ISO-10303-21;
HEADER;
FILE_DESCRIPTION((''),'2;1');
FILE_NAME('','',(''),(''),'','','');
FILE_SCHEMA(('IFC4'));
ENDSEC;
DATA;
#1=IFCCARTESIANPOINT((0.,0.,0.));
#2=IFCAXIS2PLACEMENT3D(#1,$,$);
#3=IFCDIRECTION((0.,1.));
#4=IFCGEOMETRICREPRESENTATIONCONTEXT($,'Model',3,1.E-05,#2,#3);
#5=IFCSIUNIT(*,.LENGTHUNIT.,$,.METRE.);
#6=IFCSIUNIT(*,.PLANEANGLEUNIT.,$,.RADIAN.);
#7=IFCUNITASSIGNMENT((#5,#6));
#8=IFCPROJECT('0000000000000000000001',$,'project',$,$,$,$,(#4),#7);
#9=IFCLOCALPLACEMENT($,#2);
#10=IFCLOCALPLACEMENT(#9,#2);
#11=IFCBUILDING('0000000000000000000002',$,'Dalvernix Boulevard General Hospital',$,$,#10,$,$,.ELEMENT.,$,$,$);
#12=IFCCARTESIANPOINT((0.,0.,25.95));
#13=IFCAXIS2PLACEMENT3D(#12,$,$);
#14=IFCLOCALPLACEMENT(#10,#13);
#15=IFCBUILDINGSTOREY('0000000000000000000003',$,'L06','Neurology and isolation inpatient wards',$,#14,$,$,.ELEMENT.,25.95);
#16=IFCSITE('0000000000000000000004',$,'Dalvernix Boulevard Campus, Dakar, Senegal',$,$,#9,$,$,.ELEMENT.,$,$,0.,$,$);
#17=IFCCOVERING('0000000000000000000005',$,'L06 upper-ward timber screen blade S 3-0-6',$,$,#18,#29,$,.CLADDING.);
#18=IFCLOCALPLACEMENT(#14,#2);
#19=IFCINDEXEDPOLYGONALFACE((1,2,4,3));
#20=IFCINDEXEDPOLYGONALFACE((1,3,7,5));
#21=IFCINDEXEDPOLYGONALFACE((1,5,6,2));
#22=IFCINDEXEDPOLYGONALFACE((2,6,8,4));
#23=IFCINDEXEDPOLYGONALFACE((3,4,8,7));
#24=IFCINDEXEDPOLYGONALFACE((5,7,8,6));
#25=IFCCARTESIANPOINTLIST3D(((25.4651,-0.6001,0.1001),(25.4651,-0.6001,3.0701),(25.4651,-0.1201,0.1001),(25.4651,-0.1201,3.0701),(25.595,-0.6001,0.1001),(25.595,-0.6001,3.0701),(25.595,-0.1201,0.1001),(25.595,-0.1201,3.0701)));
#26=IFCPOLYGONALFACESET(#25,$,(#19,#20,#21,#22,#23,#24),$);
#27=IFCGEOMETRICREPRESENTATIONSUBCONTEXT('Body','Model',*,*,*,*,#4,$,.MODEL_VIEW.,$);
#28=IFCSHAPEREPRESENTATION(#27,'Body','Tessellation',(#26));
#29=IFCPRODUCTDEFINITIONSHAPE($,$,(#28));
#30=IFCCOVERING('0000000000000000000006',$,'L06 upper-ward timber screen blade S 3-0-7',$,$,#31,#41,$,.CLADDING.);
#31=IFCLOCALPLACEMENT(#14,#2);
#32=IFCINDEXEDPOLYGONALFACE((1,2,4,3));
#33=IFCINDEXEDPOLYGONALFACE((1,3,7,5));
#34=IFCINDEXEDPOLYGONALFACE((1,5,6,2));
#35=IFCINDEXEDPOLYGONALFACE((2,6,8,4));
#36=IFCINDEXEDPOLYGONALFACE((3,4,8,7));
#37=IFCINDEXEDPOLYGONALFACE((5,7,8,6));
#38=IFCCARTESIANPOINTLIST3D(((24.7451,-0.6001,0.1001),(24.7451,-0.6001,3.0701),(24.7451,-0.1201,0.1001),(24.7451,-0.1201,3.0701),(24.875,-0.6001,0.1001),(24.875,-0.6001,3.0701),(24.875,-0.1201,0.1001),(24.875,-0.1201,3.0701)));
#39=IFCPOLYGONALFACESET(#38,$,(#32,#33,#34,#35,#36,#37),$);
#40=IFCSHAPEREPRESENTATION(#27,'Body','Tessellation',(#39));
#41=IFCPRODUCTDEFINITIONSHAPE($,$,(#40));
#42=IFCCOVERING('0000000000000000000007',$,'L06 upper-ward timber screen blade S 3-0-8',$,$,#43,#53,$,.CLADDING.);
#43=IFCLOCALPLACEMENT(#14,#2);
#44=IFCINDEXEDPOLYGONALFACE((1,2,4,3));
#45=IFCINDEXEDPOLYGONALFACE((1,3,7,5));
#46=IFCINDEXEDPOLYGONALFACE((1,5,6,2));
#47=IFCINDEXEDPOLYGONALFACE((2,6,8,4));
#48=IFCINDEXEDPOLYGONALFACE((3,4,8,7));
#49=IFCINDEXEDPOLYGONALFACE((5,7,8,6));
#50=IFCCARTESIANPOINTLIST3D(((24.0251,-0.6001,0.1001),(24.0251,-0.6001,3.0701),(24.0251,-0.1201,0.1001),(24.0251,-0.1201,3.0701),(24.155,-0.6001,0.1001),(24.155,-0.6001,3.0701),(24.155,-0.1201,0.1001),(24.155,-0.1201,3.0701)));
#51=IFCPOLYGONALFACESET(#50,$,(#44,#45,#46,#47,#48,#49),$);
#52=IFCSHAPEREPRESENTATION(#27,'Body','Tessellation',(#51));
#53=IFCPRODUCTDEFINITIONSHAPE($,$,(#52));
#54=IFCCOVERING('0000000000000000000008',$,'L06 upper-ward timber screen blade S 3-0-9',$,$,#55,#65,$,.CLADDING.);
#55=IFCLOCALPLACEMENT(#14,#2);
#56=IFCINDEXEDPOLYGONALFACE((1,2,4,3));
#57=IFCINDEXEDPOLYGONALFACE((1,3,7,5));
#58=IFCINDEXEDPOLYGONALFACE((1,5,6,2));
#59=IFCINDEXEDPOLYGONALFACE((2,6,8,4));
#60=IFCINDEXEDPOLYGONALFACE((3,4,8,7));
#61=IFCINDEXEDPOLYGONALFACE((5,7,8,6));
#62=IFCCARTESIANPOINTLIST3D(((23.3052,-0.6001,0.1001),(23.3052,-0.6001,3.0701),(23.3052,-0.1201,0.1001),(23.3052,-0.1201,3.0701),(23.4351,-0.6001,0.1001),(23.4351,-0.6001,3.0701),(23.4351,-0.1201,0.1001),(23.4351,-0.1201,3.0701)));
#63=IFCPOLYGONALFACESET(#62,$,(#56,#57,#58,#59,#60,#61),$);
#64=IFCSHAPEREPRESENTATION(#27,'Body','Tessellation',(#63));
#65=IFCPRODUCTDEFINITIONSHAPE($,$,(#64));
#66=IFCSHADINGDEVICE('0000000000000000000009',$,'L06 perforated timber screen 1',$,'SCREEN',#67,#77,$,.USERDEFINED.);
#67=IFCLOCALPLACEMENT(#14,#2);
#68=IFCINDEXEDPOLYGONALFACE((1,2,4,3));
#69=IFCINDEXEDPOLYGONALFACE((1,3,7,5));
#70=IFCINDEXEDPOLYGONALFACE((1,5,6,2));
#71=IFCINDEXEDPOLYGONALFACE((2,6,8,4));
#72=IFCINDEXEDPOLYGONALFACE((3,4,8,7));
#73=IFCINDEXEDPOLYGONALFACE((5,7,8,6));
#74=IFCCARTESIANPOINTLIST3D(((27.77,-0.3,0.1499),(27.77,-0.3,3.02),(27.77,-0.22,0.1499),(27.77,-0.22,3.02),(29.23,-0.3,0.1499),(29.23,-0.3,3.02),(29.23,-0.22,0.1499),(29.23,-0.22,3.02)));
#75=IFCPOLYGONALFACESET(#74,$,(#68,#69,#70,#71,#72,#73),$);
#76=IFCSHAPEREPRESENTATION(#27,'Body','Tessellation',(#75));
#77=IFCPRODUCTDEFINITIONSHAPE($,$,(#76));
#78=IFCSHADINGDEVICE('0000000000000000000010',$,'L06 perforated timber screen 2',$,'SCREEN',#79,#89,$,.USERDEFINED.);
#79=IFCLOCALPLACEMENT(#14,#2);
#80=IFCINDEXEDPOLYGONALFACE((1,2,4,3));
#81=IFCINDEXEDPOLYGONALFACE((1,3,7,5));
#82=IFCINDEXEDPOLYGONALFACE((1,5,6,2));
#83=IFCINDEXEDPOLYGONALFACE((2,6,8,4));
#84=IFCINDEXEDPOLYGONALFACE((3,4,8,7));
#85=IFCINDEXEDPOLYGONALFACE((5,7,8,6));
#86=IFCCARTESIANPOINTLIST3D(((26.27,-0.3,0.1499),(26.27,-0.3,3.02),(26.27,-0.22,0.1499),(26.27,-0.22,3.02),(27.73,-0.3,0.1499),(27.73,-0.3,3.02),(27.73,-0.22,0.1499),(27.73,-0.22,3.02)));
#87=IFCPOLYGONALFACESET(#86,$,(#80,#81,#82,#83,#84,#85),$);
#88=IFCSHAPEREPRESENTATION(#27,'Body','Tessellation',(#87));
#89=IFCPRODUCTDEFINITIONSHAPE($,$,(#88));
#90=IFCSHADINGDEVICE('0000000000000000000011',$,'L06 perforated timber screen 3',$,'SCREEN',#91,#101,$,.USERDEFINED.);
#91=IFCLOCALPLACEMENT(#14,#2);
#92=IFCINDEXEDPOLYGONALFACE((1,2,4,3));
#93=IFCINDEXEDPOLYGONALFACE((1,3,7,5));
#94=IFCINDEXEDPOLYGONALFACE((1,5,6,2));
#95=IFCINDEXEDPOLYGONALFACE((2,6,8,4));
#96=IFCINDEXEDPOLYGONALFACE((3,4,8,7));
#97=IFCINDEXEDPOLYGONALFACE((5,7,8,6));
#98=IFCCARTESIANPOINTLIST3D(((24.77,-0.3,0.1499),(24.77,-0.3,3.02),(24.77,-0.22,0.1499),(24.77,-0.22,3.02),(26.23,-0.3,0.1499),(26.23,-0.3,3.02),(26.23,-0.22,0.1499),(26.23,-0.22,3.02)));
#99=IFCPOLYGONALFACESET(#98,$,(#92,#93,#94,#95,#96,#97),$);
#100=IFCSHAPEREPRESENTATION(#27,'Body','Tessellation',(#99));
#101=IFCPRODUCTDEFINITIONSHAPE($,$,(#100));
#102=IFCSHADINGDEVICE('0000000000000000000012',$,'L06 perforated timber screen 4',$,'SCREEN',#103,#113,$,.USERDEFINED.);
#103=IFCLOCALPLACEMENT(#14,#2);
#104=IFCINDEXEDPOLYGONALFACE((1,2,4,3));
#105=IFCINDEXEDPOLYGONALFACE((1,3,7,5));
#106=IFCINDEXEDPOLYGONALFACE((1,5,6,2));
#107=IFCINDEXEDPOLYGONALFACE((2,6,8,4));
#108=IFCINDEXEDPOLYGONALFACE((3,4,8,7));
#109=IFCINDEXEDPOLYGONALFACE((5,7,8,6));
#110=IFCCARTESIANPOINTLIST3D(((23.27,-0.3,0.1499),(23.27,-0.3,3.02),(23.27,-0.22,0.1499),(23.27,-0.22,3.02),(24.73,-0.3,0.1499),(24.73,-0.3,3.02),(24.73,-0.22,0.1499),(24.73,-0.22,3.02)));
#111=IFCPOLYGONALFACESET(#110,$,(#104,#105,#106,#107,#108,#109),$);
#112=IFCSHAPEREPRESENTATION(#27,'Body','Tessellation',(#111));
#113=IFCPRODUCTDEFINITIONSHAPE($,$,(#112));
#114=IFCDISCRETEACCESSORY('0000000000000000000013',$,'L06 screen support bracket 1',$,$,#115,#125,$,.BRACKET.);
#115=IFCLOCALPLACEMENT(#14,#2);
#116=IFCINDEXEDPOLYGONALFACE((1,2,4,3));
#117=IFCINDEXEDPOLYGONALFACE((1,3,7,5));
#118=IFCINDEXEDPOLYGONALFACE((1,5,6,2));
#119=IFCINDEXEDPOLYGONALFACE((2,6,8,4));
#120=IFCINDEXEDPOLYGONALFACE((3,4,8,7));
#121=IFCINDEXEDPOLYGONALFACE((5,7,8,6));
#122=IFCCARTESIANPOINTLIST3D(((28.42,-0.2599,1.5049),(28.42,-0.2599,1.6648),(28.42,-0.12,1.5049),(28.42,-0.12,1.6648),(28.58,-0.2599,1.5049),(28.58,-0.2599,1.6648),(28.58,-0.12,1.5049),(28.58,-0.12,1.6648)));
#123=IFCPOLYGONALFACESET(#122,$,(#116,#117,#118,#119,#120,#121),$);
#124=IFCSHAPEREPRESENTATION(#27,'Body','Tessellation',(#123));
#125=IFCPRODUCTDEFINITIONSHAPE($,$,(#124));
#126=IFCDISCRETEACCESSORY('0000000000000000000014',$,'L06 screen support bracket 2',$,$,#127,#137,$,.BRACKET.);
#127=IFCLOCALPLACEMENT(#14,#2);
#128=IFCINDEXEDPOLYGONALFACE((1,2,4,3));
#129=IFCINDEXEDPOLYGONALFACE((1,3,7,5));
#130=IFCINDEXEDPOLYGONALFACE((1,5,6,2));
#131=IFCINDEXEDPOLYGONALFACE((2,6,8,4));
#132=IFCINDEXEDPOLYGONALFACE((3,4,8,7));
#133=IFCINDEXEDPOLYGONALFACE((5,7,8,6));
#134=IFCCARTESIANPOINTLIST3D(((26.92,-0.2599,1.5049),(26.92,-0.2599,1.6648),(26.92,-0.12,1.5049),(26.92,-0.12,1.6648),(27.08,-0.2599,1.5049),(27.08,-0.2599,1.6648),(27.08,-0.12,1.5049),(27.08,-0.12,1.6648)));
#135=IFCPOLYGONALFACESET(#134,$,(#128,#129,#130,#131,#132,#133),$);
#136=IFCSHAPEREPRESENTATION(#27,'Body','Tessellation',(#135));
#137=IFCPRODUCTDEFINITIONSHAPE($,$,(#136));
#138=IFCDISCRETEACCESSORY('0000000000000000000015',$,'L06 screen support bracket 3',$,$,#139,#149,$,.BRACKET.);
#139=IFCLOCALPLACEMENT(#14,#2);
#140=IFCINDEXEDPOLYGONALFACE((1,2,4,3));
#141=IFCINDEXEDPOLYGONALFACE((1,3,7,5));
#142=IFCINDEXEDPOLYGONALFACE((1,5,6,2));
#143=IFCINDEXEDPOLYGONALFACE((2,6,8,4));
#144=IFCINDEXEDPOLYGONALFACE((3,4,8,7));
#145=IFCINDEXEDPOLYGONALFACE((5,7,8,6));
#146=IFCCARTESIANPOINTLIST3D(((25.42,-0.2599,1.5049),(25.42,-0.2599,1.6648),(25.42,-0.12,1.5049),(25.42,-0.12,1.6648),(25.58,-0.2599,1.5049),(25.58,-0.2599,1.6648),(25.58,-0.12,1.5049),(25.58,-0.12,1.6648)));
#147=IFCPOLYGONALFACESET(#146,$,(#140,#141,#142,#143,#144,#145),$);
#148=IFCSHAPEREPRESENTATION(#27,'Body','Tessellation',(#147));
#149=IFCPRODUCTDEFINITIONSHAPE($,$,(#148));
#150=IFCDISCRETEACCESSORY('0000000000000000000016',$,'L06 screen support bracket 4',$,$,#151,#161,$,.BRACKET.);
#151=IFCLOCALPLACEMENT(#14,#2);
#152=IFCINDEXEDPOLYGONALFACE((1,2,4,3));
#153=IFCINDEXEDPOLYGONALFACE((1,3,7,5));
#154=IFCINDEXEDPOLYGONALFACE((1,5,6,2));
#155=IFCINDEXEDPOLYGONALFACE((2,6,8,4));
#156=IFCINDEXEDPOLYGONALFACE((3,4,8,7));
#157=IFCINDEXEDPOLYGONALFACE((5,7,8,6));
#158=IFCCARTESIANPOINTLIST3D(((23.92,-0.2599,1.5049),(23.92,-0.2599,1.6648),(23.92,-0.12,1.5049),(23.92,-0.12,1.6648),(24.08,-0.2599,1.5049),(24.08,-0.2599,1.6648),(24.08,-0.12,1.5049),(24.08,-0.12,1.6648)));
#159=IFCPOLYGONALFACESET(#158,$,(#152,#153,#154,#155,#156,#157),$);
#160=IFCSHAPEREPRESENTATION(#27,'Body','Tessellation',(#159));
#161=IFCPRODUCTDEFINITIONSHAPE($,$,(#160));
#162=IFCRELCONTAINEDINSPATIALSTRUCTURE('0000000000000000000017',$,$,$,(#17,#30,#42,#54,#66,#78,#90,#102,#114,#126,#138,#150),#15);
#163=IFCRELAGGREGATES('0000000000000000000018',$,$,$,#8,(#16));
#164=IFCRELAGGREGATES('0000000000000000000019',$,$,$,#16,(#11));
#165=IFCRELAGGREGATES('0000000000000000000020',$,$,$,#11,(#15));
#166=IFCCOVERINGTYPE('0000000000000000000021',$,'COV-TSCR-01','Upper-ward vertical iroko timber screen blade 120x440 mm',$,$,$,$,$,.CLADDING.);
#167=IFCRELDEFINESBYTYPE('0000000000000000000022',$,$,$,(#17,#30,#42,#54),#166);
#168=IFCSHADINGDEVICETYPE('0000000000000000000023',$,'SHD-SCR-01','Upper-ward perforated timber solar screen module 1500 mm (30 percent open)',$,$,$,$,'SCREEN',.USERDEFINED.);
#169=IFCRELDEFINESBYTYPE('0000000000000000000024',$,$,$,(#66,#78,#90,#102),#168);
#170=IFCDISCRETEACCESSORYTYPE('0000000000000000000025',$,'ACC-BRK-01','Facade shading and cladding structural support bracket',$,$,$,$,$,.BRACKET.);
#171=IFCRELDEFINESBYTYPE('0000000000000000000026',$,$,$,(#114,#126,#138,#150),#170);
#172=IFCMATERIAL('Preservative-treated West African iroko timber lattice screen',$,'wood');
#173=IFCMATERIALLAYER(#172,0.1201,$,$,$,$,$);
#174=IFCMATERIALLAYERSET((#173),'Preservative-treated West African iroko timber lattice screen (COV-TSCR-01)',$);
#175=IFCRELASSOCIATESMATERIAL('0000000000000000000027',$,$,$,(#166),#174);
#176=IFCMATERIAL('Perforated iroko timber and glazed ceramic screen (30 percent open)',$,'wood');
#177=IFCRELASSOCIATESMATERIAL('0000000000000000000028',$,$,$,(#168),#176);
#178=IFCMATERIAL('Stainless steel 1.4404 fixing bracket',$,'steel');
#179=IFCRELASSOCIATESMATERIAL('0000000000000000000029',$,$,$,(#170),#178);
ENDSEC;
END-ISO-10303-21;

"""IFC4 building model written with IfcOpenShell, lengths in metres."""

from ifc_helpers import new_model, si_unit, direction, frame, origin, origin_2d, place, context, subcontext, project, spatial, rectangle, extrude, material, layer, layer_set, type_object, element, save


model = new_model("IFC4")

# Units and contexts
model_context = context("Model", 3, precision=1e-05, world=origin(), true_north=direction((0.0, 1.0)))
body_context = subcontext(model_context, "Body", "Model", "MODEL_VIEW")
ifc_project = project(units=[si_unit("LENGTHUNIT", "METRE"), si_unit("PLANEANGLEUNIT", "RADIAN")], contexts=[model_context])

# Site, building, storey
site_placement = place(None, origin())
site = spatial("IfcSite", under=ifc_project, at=site_placement, Name="Dalvernix Boulevard Campus, Dakar, Senegal", CompositionType="ELEMENT", RefElevation=0.0)
building_placement = place(site_placement, origin())
building = spatial("IfcBuilding", under=site, at=building_placement, Name="Dalvernix Boulevard General Hospital", CompositionType="ELEMENT")
storey_placement = place(building_placement, frame((0.0, 0.0, 25.95)))
storey = spatial("IfcBuildingStorey", under=building, at=storey_placement, Name="L06", Description="Neurology and isolation inpatient wards", CompositionType="ELEMENT", Elevation=25.95)

# Coverings
ifc_material_1 = material(Name="Preservative-treated West African iroko timber lattice screen", Category="wood")
ifc_layer_1 = layer(ifc_material_1, 0.1201)
ifc_layer_set_1 = layer_set([ifc_layer_1], Name="Preservative-treated West African iroko timber lattice screen (COV-TSCR-01)")
covering_type_1 = type_object("IfcCoveringType", Name="COV-TSCR-01", Description="Upper-ward vertical iroko timber screen blade 120x440 mm", PredefinedType="CLADDING", material=ifc_layer_set_1)
for number, where, z_axis, x_axis, name in (
    (1, (25.53, -0.3601, 0.1001), (0.0, 0.0, 1.0), (-1.0, 0.0, 0.0), "L06 upper-ward timber screen blade S 3-0-6"),
    (2, (24.8101, -0.3601, 0.1001), (0.0, 0.0, 1.0), (-1.0, 0.0, 0.0), "L06 upper-ward timber screen blade S 3-0-7"),
    (3, (24.0901, -0.3601, 0.1001), (0.0, 0.0, 1.0), (-1.0, 0.0, 0.0), "L06 upper-ward timber screen blade S 3-0-8"),
    (4, (23.3701, -0.3601, 0.1001), (0.0, 0.0, 1.0), (-1.0, 0.0, 0.0), "L06 upper-ward timber screen blade S 3-0-9"),
):
    element("IfcCovering", number, at=place(storey_placement, frame(where, z_axis=z_axis, x_axis=x_axis)), inside=storey, type_object=covering_type_1, Name=name, PredefinedType="CLADDING", context=body_context, shape_type="SweptSolid", body=[
        extrude(rectangle(XDim=0.1299, YDim=0.48, at=origin_2d()), origin(), (0.0, 0.0, 1.0), 2.97),
    ])

# Shading devices
ifc_material_2 = material(Name="Perforated iroko timber and glazed ceramic screen (30 percent open)", Category="wood")
shading_device_type = type_object("IfcShadingDeviceType", Name="SHD-SCR-01", Description="Upper-ward perforated timber solar screen module 1500 mm (30 percent open)", ElementType="SCREEN", PredefinedType="USERDEFINED", material=ifc_material_2)
for number, where, z_axis, x_axis, name in (
    (5, (28.5, -0.26, 0.1499), (0.0, 0.0, 1.0), (-1.0, 0.0, 0.0), "L06 perforated timber screen 1"),
    (6, (27.0, -0.26, 0.1499), (0.0, 0.0, 1.0), (-1.0, 0.0, 0.0), "L06 perforated timber screen 2"),
    (7, (25.5, -0.26, 0.1499), (0.0, 0.0, 1.0), (-1.0, 0.0, 0.0), "L06 perforated timber screen 3"),
    (8, (24.0, -0.26, 0.1499), (0.0, 0.0, 1.0), (-1.0, 0.0, 0.0), "L06 perforated timber screen 4"),
):
    element("IfcShadingDevice", number, at=place(storey_placement, frame(where, z_axis=z_axis, x_axis=x_axis)), inside=storey, type_object=shading_device_type, Name=name, ObjectType="SCREEN", PredefinedType="USERDEFINED", context=body_context, shape_type="SweptSolid", body=[
        extrude(rectangle(XDim=1.46, YDim=0.0801, at=origin_2d()), origin(), (0.0, 0.0, 1.0), 2.8701),
    ])

# Discrete accessories
ifc_material_3 = material(Name="Stainless steel 1.4404 fixing bracket", Category="steel")
discrete_accessory_type = type_object("IfcDiscreteAccessoryType", Name="ACC-BRK-01", Description="Facade shading and cladding structural support bracket", PredefinedType="BRACKET", material=ifc_material_3)
for number, where, z_axis, x_axis, name in (
    (9, (28.5, -0.1899, 1.5049), (0.0, 0.0, 1.0), (-1.0, 0.0, 0.0), "L06 screen support bracket 1"),
    (10, (27.0, -0.1899, 1.5049), (0.0, 0.0, 1.0), (-1.0, 0.0, 0.0), "L06 screen support bracket 2"),
    (11, (25.5, -0.1899, 1.5049), (0.0, 0.0, 1.0), (-1.0, 0.0, 0.0), "L06 screen support bracket 3"),
    (12, (24.0, -0.1899, 1.5049), (0.0, 0.0, 1.0), (-1.0, 0.0, 0.0), "L06 screen support bracket 4"),
):
    element("IfcDiscreteAccessory", number, at=place(storey_placement, frame(where, z_axis=z_axis, x_axis=x_axis)), inside=storey, type_object=discrete_accessory_type, Name=name, PredefinedType="BRACKET", context=body_context, shape_type="SweptSolid", body=[
        extrude(rectangle(XDim=0.1599, YDim=0.1399, at=origin_2d()), origin(), (0.0, 0.0, 1.0), 0.1599),
    ])

save(model, "model.ifc")
